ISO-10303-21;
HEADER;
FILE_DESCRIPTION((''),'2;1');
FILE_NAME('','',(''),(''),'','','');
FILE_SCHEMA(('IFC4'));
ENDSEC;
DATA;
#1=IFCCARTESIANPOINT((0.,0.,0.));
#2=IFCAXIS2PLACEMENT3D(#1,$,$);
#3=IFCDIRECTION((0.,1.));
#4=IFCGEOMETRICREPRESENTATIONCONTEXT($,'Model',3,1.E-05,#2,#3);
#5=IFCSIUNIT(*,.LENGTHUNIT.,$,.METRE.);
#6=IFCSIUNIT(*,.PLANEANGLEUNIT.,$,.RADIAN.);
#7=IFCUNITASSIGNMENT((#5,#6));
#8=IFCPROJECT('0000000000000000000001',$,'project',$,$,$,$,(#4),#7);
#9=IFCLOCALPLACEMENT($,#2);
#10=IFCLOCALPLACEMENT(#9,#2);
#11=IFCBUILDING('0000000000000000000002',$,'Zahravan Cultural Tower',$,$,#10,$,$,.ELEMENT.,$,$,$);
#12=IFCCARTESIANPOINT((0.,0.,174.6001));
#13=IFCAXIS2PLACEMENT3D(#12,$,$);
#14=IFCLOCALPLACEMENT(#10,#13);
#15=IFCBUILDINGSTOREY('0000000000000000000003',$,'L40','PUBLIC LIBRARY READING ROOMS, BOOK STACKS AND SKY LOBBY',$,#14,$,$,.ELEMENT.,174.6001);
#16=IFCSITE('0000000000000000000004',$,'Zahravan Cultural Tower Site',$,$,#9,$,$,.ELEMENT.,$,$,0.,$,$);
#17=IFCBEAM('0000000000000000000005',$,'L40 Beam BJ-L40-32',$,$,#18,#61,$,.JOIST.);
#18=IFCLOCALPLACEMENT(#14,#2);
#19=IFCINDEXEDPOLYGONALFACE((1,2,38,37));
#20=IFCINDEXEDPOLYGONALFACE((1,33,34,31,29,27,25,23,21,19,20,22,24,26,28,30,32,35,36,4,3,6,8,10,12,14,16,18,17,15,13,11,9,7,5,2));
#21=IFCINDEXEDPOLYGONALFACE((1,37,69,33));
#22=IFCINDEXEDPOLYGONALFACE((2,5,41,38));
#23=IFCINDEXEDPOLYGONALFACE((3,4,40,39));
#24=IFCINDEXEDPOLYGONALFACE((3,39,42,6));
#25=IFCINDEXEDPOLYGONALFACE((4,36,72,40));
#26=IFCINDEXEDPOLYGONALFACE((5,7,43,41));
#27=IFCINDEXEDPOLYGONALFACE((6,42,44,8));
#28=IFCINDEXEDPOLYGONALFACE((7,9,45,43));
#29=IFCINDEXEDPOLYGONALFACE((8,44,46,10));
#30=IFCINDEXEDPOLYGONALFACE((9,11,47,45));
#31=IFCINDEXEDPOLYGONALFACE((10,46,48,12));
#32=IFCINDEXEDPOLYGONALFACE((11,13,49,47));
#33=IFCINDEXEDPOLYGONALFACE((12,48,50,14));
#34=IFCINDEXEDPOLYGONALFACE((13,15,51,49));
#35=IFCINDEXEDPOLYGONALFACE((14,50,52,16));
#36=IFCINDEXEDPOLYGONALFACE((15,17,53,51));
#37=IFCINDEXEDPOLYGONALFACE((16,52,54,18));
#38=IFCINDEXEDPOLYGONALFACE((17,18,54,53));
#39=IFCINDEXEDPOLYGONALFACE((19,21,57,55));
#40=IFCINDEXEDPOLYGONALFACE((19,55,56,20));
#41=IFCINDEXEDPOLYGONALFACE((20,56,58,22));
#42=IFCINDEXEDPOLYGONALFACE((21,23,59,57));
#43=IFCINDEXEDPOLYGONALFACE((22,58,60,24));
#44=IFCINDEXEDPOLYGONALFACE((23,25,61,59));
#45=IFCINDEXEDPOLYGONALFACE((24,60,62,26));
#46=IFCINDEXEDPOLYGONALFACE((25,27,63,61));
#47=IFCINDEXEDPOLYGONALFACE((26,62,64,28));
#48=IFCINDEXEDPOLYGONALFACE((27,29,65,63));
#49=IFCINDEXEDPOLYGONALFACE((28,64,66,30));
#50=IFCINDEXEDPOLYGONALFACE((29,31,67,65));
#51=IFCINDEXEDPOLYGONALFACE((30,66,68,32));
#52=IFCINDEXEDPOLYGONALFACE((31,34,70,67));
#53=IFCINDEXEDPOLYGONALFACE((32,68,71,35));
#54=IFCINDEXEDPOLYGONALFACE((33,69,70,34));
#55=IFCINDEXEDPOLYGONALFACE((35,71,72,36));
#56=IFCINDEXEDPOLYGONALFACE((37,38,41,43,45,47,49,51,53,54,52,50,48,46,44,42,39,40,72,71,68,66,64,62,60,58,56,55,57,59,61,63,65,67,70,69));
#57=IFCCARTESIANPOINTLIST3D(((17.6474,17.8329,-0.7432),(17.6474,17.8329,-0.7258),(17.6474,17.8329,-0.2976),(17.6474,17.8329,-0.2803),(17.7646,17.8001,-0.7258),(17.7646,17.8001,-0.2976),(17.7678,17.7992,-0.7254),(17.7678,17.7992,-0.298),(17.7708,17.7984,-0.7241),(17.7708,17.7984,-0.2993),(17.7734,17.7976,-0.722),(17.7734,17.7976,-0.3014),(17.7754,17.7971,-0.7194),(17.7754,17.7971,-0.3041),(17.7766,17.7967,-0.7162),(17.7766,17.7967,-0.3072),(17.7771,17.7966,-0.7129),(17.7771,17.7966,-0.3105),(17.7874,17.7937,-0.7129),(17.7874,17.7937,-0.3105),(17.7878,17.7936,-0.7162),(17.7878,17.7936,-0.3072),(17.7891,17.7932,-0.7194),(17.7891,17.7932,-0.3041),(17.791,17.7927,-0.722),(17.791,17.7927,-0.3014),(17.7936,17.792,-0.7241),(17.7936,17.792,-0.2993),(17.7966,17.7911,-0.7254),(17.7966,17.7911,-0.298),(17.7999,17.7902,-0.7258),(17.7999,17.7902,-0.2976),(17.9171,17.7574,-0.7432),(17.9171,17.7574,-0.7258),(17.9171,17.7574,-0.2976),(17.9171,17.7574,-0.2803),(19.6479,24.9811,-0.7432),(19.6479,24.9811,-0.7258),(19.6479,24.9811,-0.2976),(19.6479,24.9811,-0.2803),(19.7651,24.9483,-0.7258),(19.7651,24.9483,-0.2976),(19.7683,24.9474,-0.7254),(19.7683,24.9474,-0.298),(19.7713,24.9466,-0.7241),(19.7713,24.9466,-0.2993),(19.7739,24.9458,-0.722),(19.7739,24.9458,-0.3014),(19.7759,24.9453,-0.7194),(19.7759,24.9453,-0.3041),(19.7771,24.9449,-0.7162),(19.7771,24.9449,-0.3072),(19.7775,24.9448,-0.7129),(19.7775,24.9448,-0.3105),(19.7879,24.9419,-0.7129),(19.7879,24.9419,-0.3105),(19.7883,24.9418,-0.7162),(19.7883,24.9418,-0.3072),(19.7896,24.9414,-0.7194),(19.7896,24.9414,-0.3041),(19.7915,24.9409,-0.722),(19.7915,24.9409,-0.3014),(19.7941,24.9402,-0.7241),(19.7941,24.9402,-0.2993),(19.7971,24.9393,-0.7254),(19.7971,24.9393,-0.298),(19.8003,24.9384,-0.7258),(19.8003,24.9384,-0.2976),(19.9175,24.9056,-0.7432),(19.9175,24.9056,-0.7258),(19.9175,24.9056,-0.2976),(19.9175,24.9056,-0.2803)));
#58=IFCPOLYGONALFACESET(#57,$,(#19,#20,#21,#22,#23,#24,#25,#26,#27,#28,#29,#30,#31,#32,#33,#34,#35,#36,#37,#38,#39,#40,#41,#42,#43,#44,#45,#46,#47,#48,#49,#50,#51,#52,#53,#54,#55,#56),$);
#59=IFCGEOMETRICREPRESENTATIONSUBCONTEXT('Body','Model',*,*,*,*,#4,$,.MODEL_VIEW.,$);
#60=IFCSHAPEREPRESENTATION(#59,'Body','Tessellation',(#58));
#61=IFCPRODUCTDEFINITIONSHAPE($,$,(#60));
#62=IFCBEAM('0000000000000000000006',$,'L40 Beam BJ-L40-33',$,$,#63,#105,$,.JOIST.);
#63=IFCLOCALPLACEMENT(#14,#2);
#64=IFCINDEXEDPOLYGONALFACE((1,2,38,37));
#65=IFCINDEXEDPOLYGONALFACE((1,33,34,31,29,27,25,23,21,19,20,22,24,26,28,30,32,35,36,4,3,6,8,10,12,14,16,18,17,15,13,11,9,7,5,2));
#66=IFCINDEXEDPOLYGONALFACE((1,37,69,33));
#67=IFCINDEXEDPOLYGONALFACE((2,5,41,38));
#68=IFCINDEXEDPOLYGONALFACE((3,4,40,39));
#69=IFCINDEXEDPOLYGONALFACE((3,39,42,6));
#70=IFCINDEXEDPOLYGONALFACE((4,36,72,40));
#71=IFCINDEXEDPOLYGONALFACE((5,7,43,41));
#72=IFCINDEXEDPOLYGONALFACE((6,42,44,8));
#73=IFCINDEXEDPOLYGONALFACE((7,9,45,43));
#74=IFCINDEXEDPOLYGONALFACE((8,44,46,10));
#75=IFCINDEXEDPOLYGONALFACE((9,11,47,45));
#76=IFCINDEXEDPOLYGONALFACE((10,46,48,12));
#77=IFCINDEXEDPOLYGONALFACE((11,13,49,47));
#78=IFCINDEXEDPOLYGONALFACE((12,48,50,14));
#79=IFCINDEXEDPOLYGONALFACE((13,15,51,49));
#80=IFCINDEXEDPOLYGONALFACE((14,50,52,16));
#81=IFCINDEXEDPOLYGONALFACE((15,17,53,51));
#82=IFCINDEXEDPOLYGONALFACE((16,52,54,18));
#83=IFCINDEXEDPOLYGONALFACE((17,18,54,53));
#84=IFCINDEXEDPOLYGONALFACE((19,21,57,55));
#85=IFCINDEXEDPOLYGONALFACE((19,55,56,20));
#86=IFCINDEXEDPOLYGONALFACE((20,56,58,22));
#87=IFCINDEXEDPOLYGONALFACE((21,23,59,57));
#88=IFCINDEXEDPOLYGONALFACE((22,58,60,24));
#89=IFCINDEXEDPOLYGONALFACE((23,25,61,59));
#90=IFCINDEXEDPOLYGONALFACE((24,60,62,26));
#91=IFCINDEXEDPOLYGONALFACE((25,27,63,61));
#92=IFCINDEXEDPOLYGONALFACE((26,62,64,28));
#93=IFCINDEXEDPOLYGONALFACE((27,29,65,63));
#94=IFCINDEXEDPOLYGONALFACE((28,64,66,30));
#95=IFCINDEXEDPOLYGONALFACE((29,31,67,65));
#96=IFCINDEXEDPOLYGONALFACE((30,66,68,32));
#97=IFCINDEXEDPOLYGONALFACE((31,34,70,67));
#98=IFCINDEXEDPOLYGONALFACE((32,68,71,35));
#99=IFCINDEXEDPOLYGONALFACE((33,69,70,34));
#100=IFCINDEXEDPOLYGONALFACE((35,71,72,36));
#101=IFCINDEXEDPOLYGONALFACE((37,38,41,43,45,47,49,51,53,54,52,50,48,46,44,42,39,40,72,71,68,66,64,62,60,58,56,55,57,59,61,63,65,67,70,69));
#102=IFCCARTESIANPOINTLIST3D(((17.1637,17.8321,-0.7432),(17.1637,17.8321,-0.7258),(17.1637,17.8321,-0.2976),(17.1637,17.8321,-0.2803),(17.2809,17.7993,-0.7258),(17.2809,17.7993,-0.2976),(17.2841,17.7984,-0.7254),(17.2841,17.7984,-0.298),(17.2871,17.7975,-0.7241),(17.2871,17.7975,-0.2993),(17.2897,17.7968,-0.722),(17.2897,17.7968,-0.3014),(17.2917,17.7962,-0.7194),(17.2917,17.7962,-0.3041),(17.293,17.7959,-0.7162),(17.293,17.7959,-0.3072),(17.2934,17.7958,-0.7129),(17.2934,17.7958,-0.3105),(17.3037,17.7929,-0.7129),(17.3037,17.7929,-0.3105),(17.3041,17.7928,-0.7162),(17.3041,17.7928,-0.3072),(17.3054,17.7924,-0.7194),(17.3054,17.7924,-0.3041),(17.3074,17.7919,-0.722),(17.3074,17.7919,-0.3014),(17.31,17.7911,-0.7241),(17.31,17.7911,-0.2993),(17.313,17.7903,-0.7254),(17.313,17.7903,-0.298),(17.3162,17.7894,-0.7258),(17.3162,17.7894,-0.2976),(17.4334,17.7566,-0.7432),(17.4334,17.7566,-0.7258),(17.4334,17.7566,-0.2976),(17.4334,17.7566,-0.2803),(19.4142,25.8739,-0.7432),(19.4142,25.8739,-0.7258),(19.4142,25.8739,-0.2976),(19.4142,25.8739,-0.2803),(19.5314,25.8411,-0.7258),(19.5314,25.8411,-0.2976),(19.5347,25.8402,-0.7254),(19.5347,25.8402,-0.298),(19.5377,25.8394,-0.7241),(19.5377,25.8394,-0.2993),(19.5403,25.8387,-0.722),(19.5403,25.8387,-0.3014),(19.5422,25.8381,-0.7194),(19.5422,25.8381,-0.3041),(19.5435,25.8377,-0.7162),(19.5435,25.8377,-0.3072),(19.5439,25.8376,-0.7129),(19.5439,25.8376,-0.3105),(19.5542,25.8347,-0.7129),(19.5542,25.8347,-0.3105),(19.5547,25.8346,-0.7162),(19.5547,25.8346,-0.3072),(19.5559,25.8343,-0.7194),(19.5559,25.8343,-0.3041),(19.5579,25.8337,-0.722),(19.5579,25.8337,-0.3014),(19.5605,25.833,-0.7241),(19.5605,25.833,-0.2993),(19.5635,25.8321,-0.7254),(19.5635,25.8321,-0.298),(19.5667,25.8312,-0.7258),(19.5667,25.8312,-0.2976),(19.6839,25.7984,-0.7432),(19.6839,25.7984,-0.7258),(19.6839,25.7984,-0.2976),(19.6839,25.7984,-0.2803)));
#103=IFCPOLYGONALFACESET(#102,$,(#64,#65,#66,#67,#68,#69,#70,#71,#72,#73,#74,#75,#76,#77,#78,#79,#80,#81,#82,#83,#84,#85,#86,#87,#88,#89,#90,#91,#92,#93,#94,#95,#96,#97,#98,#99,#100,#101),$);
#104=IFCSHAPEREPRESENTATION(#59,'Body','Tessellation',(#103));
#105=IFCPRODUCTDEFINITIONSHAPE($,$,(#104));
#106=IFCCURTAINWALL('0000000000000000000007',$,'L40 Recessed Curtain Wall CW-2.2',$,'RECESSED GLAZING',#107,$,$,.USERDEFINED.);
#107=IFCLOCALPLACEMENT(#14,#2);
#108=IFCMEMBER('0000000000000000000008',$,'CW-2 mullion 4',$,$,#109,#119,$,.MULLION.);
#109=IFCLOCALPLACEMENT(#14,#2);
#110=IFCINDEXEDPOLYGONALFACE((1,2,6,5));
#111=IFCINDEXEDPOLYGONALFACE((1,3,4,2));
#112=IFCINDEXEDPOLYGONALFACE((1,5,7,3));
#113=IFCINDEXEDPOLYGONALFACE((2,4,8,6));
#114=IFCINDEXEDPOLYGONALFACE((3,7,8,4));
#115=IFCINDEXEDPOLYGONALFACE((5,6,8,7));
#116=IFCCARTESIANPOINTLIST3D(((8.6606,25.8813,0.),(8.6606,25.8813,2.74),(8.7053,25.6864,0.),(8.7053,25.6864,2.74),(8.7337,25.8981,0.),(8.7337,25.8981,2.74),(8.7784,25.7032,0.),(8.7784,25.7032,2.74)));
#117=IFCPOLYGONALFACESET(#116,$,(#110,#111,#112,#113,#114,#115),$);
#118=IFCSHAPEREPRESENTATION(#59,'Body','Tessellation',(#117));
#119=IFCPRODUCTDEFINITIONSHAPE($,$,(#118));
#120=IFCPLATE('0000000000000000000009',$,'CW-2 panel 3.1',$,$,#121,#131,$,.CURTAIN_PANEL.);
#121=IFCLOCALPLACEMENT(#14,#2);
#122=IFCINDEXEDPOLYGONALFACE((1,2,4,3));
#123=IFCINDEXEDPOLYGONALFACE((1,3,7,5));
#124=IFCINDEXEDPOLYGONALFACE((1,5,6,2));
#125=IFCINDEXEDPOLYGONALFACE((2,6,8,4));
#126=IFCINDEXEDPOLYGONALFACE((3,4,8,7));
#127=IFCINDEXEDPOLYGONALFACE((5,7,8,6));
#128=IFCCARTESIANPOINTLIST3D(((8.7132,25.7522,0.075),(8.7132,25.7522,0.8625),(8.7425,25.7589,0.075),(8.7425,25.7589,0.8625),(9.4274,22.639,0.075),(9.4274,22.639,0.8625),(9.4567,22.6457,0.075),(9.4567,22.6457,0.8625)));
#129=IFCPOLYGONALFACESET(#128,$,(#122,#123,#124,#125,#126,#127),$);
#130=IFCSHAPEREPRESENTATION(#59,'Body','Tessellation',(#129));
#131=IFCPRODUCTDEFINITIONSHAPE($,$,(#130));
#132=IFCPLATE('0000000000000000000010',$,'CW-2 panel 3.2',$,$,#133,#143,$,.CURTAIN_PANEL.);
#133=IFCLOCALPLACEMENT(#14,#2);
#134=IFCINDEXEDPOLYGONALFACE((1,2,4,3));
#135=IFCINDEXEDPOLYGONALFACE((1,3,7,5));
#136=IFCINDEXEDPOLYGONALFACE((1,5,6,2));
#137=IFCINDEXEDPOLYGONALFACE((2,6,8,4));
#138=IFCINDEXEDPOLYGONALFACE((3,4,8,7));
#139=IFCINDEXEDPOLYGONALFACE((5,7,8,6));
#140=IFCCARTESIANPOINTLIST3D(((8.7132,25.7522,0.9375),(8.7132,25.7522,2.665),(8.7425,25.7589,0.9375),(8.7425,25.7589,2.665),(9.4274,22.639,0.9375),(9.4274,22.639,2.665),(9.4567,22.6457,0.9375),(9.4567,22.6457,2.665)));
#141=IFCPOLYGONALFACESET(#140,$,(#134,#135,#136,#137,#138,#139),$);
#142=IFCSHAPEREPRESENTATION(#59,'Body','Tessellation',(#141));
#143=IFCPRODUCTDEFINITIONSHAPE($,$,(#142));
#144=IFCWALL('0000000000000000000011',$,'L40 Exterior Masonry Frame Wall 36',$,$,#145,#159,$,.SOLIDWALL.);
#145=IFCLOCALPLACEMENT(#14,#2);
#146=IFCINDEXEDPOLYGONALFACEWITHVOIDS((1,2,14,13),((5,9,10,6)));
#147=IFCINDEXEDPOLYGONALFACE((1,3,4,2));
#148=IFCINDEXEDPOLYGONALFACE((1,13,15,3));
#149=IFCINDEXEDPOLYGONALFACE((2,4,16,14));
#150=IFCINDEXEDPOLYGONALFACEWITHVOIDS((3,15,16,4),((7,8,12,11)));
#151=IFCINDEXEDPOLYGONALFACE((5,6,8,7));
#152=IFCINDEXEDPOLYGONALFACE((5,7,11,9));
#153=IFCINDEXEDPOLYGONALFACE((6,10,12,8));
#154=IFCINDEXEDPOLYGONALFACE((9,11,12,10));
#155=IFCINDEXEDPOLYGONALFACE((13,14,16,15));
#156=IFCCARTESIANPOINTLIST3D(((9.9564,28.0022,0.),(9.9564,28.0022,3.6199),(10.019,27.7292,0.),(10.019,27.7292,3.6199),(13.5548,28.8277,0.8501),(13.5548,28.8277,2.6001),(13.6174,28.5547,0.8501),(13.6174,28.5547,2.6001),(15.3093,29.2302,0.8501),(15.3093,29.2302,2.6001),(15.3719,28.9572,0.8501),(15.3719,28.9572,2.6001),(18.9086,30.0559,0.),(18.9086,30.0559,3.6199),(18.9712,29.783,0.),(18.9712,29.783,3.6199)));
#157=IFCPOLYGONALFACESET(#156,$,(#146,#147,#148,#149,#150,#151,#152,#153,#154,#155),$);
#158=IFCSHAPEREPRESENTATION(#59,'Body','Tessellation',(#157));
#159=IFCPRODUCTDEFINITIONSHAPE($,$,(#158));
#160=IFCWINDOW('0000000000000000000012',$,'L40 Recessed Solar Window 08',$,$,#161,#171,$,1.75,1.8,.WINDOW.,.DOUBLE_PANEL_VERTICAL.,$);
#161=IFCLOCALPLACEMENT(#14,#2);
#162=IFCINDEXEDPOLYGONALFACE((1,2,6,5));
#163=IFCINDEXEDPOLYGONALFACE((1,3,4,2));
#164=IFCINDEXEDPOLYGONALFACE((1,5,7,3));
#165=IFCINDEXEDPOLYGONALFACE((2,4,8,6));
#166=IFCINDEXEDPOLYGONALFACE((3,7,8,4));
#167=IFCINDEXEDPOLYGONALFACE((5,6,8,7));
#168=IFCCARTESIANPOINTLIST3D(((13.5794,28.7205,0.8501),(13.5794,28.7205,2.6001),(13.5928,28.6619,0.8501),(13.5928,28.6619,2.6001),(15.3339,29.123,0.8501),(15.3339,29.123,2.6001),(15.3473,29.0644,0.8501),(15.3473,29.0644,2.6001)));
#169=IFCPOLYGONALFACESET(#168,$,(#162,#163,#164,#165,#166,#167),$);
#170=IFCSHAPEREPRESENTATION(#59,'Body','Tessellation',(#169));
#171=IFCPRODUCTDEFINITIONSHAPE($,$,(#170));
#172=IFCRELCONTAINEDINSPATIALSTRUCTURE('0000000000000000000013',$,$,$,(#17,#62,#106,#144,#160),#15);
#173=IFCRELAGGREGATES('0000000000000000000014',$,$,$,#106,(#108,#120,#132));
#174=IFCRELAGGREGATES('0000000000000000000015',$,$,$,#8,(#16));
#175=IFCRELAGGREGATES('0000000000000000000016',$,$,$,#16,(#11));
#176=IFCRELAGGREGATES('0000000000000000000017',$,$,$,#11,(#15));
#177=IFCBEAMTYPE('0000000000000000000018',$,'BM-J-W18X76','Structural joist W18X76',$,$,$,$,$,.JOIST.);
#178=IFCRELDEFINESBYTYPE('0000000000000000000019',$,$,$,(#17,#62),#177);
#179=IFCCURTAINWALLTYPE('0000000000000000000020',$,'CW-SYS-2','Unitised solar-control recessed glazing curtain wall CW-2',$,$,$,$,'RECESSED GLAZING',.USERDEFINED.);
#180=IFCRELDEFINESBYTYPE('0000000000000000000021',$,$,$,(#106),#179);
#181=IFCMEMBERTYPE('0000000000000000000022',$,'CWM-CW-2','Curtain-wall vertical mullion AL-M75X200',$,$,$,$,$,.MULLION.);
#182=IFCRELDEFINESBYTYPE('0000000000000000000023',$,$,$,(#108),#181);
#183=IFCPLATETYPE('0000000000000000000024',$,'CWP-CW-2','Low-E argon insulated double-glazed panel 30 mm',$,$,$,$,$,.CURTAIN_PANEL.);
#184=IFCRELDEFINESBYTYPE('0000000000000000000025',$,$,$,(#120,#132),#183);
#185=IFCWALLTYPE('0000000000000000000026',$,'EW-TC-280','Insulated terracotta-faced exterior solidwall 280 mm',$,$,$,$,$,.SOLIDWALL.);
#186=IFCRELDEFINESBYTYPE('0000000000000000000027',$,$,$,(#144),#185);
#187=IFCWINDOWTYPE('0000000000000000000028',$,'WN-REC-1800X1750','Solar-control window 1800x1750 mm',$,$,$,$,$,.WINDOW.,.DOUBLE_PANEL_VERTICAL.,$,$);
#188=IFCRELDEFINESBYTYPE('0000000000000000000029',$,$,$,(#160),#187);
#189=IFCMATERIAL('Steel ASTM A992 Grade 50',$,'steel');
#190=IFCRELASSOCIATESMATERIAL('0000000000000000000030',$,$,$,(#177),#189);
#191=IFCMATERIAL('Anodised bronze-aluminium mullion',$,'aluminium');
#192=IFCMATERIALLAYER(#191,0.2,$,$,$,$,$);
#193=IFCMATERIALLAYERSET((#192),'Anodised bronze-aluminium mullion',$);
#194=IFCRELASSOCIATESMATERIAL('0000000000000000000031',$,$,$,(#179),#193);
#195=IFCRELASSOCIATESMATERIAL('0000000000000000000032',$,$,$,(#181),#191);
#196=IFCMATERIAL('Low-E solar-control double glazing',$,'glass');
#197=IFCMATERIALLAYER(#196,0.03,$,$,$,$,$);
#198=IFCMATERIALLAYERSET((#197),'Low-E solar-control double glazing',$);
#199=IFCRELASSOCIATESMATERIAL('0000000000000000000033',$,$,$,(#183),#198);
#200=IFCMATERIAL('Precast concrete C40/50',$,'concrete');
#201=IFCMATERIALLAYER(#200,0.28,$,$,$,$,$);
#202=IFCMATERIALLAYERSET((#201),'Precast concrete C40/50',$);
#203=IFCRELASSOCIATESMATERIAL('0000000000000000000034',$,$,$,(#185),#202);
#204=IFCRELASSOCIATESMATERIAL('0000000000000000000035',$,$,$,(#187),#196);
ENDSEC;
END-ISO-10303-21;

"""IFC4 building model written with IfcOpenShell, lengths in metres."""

from ifc_helpers import new_model, si_unit, direction, frame, frame_2d, origin, origin_2d, place, context, subcontext, project, spatial, rectangle, i_section, extrude, source, transform, mapped, material, layer, layer_set, material_profile, profile_set, type_object, element, fill, aggregate, save


model = new_model("IFC4")

# Units and contexts
model_context = context("Model", 3, precision=1e-05, world=origin(), true_north=direction((0.0, 1.0)))
body_context = subcontext(model_context, "Body", "Model", "MODEL_VIEW")
ifc_project = project(units=[si_unit("LENGTHUNIT", "METRE"), si_unit("PLANEANGLEUNIT", "RADIAN")], contexts=[model_context])

# Site, building, storey
site_placement = place(None, origin())
site = spatial("IfcSite", under=ifc_project, at=site_placement, Name="Zahravan Cultural Tower Site", CompositionType="ELEMENT", RefElevation=0.0)
building_placement = place(site_placement, origin())
building = spatial("IfcBuilding", under=site, at=building_placement, Name="Zahravan Cultural Tower", CompositionType="ELEMENT")
storey_placement = place(building_placement, frame((0.0, 0.0, 174.6001)))
storey = spatial("IfcBuildingStorey", under=building, at=storey_placement, Name="L40", Description="PUBLIC LIBRARY READING ROOMS, BOOK STACKS AND SKY LOBBY", CompositionType="ELEMENT", Elevation=174.6001)

# Shared definitions
ifc_material_1 = material(Name="Steel ASTM A992 Grade 50", Category="steel")

# Beams
ifc_material_profile_1 = material_profile(ifc_material_1, i_section(OverallWidth=0.28, OverallDepth=0.4629, WebThickness=0.0107, FlangeThickness=0.0173, FilletRadius=0.0129, at=origin_2d()), Name="W18X76")
ifc_profile_set_1 = profile_set([ifc_material_profile_1], Name="Steel ASTM A992 Grade 50")
beam_type_1 = type_object("IfcBeamType", Name="BM-J-W18X76", Description="Structural joist W18X76", PredefinedType="JOIST", material=ifc_profile_set_1)
shared_shape_1 = source(origin(), body_context, "Body", "SweptSolid", [
    extrude(i_section(OverallWidth=0.28, OverallDepth=0.4629, WebThickness=0.0107, FlangeThickness=0.0173, FilletRadius=0.0129, at=origin_2d()), origin(), (0.0, 0.0, 1.0), 7.4229),
])
beam_1_placement = place(storey_placement, frame((19.7827, 24.9434, -0.5117), z_axis=(-0.269504, -0.962999, 0.0), x_axis=(0.962999, -0.269504, 0.0)))
element("IfcBeam", 1, at=beam_1_placement, inside=storey, type_object=beam_type_1, Name="L40 Beam BJ-L40-32", PredefinedType="JOIST", context=body_context, shape_type="MappedRepresentation", body=[
    mapped(shared_shape_1, transform((0.0, 0.0, 0.0), x_axis=(1.0, 0.0, 0.0), y_axis=(0.0, 1.0, 0.0), z_axis=(0.0, 0.0, 1.0), scale=1.0)),
])
shared_shape_2 = source(origin(), body_context, "Body", "SweptSolid", [
    extrude(i_section(OverallWidth=0.28, OverallDepth=0.4629, WebThickness=0.0107, FlangeThickness=0.0173, FilletRadius=0.0129, at=origin_2d()), origin(), (0.0, 0.0, 1.0), 8.3508),
])
beam_2_placement = place(storey_placement, frame((19.5491, 25.8362, -0.5117), z_axis=(-0.269497, -0.963001, 0.0), x_axis=(0.963001, -0.269497, 0.0)))
element("IfcBeam", 2, at=beam_2_placement, inside=storey, type_object=beam_type_1, Name="L40 Beam BJ-L40-33", PredefinedType="JOIST", context=body_context, shape_type="MappedRepresentation", body=[
    mapped(shared_shape_2, transform((0.0, 0.0, 0.0), x_axis=(1.0, 0.0, 0.0), y_axis=(0.0, 1.0, 0.0), z_axis=(0.0, 0.0, 1.0), scale=1.0)),
])

# Curtain wall, member, plates
ifc_material_2 = material(Name="Anodised bronze-aluminium mullion", Category="aluminium")
ifc_layer_1 = layer(ifc_material_2, 0.2)
ifc_layer_set_1 = layer_set([ifc_layer_1], Name="Anodised bronze-aluminium mullion")
curtain_wall_type = type_object("IfcCurtainWallType", Name="CW-SYS-2", Description="Unitised solar-control recessed glazing curtain wall CW-2", ElementType="RECESSED GLAZING", PredefinedType="USERDEFINED", material=ifc_layer_set_1)
curtain_wall_placement = place(storey_placement, origin())
curtain_wall = element("IfcCurtainWall", 3, at=curtain_wall_placement, inside=storey, type_object=curtain_wall_type, Name="L40 Recessed Curtain Wall CW-2.2", ObjectType="RECESSED GLAZING", PredefinedType="USERDEFINED")
ifc_material_profile_2 = material_profile(ifc_material_2, rectangle(XDim=0.075, YDim=0.2, at=origin_2d()), Name="AL-M75X200")
ifc_profile_set_2 = profile_set([ifc_material_profile_2], Name="Anodised bronze-aluminium mullion")
member_type = type_object("IfcMemberType", Name="CWM-CW-2", Description="Curtain-wall vertical mullion AL-M75X200", PredefinedType="MULLION", material=ifc_profile_set_2)
shared_shape_3 = source(origin(), body_context, "Body", "SweptSolid", [
    extrude(rectangle(XDim=0.075, YDim=0.2, at=origin_2d()), origin(), (0.0, 0.0, 1.0), 2.74),
])
member_placement = place(storey_placement, frame((8.7195, 25.7922, 0.0), z_axis=(0.0, 0.0, 1.0), x_axis=(-0.974681, -0.2236, 0.0)))
member = element("IfcMember", 4, at=member_placement, type_object=member_type, Name="CW-2 mullion 4", PredefinedType="MULLION", context=body_context, shape_type="MappedRepresentation", body=[
    mapped(shared_shape_3, transform((0.0, 0.0, 0.0), x_axis=(1.0, 0.0, 0.0), y_axis=(0.0, 1.0, 0.0), z_axis=(0.0, 0.0, 1.0), scale=1.0)),
])
ifc_material_3 = material(Name="Low-E solar-control double glazing", Category="glass")
ifc_layer_2 = layer(ifc_material_3, 0.03)
ifc_layer_set_2 = layer_set([ifc_layer_2], Name="Low-E solar-control double glazing")
plate_type = type_object("IfcPlateType", Name="CWP-CW-2", Description="Low-E argon insulated double-glazed panel 30 mm", PredefinedType="CURTAIN_PANEL", material=ifc_layer_set_2)
shared_shape_4 = source(origin(), body_context, "Body", "SweptSolid", [
    extrude(rectangle(XDim=3.1941, YDim=0.03, at=origin_2d()), origin(), (0.0, 0.0, 1.0), 0.7876),
])
plate_1_placement = place(storey_placement, frame((9.085, 24.199, 0.075), z_axis=(0.0, 0.0, 1.0), x_axis=(-0.2236, 0.974681, 0.0)))
plate_1 = element("IfcPlate", 5, at=plate_1_placement, type_object=plate_type, Name="CW-2 panel 3.1", PredefinedType="CURTAIN_PANEL", context=body_context, shape_type="MappedRepresentation", body=[
    mapped(shared_shape_4, transform((0.0, 0.0, 0.0), x_axis=(1.0, 0.0, 0.0), y_axis=(0.0, 1.0, 0.0), z_axis=(0.0, 0.0, 1.0), scale=1.0)),
])
shared_shape_5 = source(origin(), body_context, "Body", "SweptSolid", [
    extrude(rectangle(XDim=3.1941, YDim=0.03, at=origin_2d()), origin(), (0.0, 0.0, 1.0), 1.7275),
])
plate_2_placement = place(storey_placement, frame((9.085, 24.199, 0.9375), z_axis=(0.0, 0.0, 1.0), x_axis=(-0.2236, 0.974681, 0.0)))
plate_2 = element("IfcPlate", 6, at=plate_2_placement, type_object=plate_type, Name="CW-2 panel 3.2", PredefinedType="CURTAIN_PANEL", context=body_context, shape_type="MappedRepresentation", body=[
    mapped(shared_shape_5, transform((0.0, 0.0, 0.0), x_axis=(1.0, 0.0, 0.0), y_axis=(0.0, 1.0, 0.0), z_axis=(0.0, 0.0, 1.0), scale=1.0)),
])
aggregate(curtain_wall, [member, plate_1, plate_2])

# Wall, opening, window
ifc_material_4 = material(Name="Precast concrete C40/50", Category="concrete")
ifc_layer_3 = layer(ifc_material_4, 0.28)
ifc_layer_set_3 = layer_set([ifc_layer_3], Name="Precast concrete C40/50")
wall_type_1 = type_object("IfcWallType", Name="EW-TC-280", Description="Insulated terracotta-faced exterior solidwall 280 mm", PredefinedType="SOLIDWALL", material=ifc_layer_set_3)
wall_1_placement = place(storey_placement, frame((9.9878, 27.8657, 0.0), z_axis=(0.0, 0.0, 1.0), x_axis=(0.974681, 0.223601, 0.0)))
wall_1 = element("IfcWall", 7, at=wall_1_placement, inside=storey, type_object=wall_type_1, Name="L40 Exterior Masonry Frame Wall 36", PredefinedType="SOLIDWALL", context=body_context, shape_type="SweptSolid", body=[
    extrude(rectangle(XDim=9.1848, YDim=0.28, at=frame_2d((4.5923, 0.0))), origin(), (0.0, 0.0, 1.0), 3.6199),
])
opening_1_placement = place(wall_1_placement, frame((3.6919, 0.0, 0.8501)))
opening_1 = element("IfcOpeningElement", 8, at=opening_1_placement, cuts=wall_1, PredefinedType="OPENING", context=body_context, shape_type="SweptSolid", body=[
    extrude(rectangle(XDim=1.8, YDim=1.75, at=frame_2d((0.8999, 0.875))), frame((0.0, 0.1499, 0.0), z_axis=(0.0, -1.0, 0.0), x_axis=(1.0, 0.0, 0.0)), (0.0, 0.0, 1.0), 0.3),
])
window_type = type_object("IfcWindowType", Name="WN-REC-1800X1750", Description="Solar-control window 1800x1750 mm", PartitioningType="DOUBLE_PANEL_VERTICAL", PredefinedType="WINDOW", material=ifc_material_3)
shared_shape_6 = source(origin(), body_context, "Body", "SweptSolid", [
    extrude(rectangle(XDim=1.8, YDim=1.75, at=frame_2d((0.8999, 0.875))), frame((0.0, 0.03, 0.0), z_axis=(0.0, -1.0, 0.0), x_axis=(1.0, 0.0, 0.0)), (0.0, 0.0, 1.0), 0.0601),
])
window_placement = place(opening_1_placement, origin())
window = element("IfcWindow", 9, at=window_placement, inside=storey, type_object=window_type, Name="L40 Recessed Solar Window 08", OverallHeight=1.75, OverallWidth=1.8, PartitioningType="DOUBLE_PANEL_VERTICAL", PredefinedType="WINDOW", context=body_context, shape_type="MappedRepresentation", body=[
    mapped(shared_shape_6, transform((0.0, 0.0, 0.0), x_axis=(1.0, 0.0, 0.0), y_axis=(0.0, 1.0, 0.0), z_axis=(0.0, 0.0, 1.0), scale=1.0)),
])
fill(opening_1, window)

save(model, "model.ifc")
